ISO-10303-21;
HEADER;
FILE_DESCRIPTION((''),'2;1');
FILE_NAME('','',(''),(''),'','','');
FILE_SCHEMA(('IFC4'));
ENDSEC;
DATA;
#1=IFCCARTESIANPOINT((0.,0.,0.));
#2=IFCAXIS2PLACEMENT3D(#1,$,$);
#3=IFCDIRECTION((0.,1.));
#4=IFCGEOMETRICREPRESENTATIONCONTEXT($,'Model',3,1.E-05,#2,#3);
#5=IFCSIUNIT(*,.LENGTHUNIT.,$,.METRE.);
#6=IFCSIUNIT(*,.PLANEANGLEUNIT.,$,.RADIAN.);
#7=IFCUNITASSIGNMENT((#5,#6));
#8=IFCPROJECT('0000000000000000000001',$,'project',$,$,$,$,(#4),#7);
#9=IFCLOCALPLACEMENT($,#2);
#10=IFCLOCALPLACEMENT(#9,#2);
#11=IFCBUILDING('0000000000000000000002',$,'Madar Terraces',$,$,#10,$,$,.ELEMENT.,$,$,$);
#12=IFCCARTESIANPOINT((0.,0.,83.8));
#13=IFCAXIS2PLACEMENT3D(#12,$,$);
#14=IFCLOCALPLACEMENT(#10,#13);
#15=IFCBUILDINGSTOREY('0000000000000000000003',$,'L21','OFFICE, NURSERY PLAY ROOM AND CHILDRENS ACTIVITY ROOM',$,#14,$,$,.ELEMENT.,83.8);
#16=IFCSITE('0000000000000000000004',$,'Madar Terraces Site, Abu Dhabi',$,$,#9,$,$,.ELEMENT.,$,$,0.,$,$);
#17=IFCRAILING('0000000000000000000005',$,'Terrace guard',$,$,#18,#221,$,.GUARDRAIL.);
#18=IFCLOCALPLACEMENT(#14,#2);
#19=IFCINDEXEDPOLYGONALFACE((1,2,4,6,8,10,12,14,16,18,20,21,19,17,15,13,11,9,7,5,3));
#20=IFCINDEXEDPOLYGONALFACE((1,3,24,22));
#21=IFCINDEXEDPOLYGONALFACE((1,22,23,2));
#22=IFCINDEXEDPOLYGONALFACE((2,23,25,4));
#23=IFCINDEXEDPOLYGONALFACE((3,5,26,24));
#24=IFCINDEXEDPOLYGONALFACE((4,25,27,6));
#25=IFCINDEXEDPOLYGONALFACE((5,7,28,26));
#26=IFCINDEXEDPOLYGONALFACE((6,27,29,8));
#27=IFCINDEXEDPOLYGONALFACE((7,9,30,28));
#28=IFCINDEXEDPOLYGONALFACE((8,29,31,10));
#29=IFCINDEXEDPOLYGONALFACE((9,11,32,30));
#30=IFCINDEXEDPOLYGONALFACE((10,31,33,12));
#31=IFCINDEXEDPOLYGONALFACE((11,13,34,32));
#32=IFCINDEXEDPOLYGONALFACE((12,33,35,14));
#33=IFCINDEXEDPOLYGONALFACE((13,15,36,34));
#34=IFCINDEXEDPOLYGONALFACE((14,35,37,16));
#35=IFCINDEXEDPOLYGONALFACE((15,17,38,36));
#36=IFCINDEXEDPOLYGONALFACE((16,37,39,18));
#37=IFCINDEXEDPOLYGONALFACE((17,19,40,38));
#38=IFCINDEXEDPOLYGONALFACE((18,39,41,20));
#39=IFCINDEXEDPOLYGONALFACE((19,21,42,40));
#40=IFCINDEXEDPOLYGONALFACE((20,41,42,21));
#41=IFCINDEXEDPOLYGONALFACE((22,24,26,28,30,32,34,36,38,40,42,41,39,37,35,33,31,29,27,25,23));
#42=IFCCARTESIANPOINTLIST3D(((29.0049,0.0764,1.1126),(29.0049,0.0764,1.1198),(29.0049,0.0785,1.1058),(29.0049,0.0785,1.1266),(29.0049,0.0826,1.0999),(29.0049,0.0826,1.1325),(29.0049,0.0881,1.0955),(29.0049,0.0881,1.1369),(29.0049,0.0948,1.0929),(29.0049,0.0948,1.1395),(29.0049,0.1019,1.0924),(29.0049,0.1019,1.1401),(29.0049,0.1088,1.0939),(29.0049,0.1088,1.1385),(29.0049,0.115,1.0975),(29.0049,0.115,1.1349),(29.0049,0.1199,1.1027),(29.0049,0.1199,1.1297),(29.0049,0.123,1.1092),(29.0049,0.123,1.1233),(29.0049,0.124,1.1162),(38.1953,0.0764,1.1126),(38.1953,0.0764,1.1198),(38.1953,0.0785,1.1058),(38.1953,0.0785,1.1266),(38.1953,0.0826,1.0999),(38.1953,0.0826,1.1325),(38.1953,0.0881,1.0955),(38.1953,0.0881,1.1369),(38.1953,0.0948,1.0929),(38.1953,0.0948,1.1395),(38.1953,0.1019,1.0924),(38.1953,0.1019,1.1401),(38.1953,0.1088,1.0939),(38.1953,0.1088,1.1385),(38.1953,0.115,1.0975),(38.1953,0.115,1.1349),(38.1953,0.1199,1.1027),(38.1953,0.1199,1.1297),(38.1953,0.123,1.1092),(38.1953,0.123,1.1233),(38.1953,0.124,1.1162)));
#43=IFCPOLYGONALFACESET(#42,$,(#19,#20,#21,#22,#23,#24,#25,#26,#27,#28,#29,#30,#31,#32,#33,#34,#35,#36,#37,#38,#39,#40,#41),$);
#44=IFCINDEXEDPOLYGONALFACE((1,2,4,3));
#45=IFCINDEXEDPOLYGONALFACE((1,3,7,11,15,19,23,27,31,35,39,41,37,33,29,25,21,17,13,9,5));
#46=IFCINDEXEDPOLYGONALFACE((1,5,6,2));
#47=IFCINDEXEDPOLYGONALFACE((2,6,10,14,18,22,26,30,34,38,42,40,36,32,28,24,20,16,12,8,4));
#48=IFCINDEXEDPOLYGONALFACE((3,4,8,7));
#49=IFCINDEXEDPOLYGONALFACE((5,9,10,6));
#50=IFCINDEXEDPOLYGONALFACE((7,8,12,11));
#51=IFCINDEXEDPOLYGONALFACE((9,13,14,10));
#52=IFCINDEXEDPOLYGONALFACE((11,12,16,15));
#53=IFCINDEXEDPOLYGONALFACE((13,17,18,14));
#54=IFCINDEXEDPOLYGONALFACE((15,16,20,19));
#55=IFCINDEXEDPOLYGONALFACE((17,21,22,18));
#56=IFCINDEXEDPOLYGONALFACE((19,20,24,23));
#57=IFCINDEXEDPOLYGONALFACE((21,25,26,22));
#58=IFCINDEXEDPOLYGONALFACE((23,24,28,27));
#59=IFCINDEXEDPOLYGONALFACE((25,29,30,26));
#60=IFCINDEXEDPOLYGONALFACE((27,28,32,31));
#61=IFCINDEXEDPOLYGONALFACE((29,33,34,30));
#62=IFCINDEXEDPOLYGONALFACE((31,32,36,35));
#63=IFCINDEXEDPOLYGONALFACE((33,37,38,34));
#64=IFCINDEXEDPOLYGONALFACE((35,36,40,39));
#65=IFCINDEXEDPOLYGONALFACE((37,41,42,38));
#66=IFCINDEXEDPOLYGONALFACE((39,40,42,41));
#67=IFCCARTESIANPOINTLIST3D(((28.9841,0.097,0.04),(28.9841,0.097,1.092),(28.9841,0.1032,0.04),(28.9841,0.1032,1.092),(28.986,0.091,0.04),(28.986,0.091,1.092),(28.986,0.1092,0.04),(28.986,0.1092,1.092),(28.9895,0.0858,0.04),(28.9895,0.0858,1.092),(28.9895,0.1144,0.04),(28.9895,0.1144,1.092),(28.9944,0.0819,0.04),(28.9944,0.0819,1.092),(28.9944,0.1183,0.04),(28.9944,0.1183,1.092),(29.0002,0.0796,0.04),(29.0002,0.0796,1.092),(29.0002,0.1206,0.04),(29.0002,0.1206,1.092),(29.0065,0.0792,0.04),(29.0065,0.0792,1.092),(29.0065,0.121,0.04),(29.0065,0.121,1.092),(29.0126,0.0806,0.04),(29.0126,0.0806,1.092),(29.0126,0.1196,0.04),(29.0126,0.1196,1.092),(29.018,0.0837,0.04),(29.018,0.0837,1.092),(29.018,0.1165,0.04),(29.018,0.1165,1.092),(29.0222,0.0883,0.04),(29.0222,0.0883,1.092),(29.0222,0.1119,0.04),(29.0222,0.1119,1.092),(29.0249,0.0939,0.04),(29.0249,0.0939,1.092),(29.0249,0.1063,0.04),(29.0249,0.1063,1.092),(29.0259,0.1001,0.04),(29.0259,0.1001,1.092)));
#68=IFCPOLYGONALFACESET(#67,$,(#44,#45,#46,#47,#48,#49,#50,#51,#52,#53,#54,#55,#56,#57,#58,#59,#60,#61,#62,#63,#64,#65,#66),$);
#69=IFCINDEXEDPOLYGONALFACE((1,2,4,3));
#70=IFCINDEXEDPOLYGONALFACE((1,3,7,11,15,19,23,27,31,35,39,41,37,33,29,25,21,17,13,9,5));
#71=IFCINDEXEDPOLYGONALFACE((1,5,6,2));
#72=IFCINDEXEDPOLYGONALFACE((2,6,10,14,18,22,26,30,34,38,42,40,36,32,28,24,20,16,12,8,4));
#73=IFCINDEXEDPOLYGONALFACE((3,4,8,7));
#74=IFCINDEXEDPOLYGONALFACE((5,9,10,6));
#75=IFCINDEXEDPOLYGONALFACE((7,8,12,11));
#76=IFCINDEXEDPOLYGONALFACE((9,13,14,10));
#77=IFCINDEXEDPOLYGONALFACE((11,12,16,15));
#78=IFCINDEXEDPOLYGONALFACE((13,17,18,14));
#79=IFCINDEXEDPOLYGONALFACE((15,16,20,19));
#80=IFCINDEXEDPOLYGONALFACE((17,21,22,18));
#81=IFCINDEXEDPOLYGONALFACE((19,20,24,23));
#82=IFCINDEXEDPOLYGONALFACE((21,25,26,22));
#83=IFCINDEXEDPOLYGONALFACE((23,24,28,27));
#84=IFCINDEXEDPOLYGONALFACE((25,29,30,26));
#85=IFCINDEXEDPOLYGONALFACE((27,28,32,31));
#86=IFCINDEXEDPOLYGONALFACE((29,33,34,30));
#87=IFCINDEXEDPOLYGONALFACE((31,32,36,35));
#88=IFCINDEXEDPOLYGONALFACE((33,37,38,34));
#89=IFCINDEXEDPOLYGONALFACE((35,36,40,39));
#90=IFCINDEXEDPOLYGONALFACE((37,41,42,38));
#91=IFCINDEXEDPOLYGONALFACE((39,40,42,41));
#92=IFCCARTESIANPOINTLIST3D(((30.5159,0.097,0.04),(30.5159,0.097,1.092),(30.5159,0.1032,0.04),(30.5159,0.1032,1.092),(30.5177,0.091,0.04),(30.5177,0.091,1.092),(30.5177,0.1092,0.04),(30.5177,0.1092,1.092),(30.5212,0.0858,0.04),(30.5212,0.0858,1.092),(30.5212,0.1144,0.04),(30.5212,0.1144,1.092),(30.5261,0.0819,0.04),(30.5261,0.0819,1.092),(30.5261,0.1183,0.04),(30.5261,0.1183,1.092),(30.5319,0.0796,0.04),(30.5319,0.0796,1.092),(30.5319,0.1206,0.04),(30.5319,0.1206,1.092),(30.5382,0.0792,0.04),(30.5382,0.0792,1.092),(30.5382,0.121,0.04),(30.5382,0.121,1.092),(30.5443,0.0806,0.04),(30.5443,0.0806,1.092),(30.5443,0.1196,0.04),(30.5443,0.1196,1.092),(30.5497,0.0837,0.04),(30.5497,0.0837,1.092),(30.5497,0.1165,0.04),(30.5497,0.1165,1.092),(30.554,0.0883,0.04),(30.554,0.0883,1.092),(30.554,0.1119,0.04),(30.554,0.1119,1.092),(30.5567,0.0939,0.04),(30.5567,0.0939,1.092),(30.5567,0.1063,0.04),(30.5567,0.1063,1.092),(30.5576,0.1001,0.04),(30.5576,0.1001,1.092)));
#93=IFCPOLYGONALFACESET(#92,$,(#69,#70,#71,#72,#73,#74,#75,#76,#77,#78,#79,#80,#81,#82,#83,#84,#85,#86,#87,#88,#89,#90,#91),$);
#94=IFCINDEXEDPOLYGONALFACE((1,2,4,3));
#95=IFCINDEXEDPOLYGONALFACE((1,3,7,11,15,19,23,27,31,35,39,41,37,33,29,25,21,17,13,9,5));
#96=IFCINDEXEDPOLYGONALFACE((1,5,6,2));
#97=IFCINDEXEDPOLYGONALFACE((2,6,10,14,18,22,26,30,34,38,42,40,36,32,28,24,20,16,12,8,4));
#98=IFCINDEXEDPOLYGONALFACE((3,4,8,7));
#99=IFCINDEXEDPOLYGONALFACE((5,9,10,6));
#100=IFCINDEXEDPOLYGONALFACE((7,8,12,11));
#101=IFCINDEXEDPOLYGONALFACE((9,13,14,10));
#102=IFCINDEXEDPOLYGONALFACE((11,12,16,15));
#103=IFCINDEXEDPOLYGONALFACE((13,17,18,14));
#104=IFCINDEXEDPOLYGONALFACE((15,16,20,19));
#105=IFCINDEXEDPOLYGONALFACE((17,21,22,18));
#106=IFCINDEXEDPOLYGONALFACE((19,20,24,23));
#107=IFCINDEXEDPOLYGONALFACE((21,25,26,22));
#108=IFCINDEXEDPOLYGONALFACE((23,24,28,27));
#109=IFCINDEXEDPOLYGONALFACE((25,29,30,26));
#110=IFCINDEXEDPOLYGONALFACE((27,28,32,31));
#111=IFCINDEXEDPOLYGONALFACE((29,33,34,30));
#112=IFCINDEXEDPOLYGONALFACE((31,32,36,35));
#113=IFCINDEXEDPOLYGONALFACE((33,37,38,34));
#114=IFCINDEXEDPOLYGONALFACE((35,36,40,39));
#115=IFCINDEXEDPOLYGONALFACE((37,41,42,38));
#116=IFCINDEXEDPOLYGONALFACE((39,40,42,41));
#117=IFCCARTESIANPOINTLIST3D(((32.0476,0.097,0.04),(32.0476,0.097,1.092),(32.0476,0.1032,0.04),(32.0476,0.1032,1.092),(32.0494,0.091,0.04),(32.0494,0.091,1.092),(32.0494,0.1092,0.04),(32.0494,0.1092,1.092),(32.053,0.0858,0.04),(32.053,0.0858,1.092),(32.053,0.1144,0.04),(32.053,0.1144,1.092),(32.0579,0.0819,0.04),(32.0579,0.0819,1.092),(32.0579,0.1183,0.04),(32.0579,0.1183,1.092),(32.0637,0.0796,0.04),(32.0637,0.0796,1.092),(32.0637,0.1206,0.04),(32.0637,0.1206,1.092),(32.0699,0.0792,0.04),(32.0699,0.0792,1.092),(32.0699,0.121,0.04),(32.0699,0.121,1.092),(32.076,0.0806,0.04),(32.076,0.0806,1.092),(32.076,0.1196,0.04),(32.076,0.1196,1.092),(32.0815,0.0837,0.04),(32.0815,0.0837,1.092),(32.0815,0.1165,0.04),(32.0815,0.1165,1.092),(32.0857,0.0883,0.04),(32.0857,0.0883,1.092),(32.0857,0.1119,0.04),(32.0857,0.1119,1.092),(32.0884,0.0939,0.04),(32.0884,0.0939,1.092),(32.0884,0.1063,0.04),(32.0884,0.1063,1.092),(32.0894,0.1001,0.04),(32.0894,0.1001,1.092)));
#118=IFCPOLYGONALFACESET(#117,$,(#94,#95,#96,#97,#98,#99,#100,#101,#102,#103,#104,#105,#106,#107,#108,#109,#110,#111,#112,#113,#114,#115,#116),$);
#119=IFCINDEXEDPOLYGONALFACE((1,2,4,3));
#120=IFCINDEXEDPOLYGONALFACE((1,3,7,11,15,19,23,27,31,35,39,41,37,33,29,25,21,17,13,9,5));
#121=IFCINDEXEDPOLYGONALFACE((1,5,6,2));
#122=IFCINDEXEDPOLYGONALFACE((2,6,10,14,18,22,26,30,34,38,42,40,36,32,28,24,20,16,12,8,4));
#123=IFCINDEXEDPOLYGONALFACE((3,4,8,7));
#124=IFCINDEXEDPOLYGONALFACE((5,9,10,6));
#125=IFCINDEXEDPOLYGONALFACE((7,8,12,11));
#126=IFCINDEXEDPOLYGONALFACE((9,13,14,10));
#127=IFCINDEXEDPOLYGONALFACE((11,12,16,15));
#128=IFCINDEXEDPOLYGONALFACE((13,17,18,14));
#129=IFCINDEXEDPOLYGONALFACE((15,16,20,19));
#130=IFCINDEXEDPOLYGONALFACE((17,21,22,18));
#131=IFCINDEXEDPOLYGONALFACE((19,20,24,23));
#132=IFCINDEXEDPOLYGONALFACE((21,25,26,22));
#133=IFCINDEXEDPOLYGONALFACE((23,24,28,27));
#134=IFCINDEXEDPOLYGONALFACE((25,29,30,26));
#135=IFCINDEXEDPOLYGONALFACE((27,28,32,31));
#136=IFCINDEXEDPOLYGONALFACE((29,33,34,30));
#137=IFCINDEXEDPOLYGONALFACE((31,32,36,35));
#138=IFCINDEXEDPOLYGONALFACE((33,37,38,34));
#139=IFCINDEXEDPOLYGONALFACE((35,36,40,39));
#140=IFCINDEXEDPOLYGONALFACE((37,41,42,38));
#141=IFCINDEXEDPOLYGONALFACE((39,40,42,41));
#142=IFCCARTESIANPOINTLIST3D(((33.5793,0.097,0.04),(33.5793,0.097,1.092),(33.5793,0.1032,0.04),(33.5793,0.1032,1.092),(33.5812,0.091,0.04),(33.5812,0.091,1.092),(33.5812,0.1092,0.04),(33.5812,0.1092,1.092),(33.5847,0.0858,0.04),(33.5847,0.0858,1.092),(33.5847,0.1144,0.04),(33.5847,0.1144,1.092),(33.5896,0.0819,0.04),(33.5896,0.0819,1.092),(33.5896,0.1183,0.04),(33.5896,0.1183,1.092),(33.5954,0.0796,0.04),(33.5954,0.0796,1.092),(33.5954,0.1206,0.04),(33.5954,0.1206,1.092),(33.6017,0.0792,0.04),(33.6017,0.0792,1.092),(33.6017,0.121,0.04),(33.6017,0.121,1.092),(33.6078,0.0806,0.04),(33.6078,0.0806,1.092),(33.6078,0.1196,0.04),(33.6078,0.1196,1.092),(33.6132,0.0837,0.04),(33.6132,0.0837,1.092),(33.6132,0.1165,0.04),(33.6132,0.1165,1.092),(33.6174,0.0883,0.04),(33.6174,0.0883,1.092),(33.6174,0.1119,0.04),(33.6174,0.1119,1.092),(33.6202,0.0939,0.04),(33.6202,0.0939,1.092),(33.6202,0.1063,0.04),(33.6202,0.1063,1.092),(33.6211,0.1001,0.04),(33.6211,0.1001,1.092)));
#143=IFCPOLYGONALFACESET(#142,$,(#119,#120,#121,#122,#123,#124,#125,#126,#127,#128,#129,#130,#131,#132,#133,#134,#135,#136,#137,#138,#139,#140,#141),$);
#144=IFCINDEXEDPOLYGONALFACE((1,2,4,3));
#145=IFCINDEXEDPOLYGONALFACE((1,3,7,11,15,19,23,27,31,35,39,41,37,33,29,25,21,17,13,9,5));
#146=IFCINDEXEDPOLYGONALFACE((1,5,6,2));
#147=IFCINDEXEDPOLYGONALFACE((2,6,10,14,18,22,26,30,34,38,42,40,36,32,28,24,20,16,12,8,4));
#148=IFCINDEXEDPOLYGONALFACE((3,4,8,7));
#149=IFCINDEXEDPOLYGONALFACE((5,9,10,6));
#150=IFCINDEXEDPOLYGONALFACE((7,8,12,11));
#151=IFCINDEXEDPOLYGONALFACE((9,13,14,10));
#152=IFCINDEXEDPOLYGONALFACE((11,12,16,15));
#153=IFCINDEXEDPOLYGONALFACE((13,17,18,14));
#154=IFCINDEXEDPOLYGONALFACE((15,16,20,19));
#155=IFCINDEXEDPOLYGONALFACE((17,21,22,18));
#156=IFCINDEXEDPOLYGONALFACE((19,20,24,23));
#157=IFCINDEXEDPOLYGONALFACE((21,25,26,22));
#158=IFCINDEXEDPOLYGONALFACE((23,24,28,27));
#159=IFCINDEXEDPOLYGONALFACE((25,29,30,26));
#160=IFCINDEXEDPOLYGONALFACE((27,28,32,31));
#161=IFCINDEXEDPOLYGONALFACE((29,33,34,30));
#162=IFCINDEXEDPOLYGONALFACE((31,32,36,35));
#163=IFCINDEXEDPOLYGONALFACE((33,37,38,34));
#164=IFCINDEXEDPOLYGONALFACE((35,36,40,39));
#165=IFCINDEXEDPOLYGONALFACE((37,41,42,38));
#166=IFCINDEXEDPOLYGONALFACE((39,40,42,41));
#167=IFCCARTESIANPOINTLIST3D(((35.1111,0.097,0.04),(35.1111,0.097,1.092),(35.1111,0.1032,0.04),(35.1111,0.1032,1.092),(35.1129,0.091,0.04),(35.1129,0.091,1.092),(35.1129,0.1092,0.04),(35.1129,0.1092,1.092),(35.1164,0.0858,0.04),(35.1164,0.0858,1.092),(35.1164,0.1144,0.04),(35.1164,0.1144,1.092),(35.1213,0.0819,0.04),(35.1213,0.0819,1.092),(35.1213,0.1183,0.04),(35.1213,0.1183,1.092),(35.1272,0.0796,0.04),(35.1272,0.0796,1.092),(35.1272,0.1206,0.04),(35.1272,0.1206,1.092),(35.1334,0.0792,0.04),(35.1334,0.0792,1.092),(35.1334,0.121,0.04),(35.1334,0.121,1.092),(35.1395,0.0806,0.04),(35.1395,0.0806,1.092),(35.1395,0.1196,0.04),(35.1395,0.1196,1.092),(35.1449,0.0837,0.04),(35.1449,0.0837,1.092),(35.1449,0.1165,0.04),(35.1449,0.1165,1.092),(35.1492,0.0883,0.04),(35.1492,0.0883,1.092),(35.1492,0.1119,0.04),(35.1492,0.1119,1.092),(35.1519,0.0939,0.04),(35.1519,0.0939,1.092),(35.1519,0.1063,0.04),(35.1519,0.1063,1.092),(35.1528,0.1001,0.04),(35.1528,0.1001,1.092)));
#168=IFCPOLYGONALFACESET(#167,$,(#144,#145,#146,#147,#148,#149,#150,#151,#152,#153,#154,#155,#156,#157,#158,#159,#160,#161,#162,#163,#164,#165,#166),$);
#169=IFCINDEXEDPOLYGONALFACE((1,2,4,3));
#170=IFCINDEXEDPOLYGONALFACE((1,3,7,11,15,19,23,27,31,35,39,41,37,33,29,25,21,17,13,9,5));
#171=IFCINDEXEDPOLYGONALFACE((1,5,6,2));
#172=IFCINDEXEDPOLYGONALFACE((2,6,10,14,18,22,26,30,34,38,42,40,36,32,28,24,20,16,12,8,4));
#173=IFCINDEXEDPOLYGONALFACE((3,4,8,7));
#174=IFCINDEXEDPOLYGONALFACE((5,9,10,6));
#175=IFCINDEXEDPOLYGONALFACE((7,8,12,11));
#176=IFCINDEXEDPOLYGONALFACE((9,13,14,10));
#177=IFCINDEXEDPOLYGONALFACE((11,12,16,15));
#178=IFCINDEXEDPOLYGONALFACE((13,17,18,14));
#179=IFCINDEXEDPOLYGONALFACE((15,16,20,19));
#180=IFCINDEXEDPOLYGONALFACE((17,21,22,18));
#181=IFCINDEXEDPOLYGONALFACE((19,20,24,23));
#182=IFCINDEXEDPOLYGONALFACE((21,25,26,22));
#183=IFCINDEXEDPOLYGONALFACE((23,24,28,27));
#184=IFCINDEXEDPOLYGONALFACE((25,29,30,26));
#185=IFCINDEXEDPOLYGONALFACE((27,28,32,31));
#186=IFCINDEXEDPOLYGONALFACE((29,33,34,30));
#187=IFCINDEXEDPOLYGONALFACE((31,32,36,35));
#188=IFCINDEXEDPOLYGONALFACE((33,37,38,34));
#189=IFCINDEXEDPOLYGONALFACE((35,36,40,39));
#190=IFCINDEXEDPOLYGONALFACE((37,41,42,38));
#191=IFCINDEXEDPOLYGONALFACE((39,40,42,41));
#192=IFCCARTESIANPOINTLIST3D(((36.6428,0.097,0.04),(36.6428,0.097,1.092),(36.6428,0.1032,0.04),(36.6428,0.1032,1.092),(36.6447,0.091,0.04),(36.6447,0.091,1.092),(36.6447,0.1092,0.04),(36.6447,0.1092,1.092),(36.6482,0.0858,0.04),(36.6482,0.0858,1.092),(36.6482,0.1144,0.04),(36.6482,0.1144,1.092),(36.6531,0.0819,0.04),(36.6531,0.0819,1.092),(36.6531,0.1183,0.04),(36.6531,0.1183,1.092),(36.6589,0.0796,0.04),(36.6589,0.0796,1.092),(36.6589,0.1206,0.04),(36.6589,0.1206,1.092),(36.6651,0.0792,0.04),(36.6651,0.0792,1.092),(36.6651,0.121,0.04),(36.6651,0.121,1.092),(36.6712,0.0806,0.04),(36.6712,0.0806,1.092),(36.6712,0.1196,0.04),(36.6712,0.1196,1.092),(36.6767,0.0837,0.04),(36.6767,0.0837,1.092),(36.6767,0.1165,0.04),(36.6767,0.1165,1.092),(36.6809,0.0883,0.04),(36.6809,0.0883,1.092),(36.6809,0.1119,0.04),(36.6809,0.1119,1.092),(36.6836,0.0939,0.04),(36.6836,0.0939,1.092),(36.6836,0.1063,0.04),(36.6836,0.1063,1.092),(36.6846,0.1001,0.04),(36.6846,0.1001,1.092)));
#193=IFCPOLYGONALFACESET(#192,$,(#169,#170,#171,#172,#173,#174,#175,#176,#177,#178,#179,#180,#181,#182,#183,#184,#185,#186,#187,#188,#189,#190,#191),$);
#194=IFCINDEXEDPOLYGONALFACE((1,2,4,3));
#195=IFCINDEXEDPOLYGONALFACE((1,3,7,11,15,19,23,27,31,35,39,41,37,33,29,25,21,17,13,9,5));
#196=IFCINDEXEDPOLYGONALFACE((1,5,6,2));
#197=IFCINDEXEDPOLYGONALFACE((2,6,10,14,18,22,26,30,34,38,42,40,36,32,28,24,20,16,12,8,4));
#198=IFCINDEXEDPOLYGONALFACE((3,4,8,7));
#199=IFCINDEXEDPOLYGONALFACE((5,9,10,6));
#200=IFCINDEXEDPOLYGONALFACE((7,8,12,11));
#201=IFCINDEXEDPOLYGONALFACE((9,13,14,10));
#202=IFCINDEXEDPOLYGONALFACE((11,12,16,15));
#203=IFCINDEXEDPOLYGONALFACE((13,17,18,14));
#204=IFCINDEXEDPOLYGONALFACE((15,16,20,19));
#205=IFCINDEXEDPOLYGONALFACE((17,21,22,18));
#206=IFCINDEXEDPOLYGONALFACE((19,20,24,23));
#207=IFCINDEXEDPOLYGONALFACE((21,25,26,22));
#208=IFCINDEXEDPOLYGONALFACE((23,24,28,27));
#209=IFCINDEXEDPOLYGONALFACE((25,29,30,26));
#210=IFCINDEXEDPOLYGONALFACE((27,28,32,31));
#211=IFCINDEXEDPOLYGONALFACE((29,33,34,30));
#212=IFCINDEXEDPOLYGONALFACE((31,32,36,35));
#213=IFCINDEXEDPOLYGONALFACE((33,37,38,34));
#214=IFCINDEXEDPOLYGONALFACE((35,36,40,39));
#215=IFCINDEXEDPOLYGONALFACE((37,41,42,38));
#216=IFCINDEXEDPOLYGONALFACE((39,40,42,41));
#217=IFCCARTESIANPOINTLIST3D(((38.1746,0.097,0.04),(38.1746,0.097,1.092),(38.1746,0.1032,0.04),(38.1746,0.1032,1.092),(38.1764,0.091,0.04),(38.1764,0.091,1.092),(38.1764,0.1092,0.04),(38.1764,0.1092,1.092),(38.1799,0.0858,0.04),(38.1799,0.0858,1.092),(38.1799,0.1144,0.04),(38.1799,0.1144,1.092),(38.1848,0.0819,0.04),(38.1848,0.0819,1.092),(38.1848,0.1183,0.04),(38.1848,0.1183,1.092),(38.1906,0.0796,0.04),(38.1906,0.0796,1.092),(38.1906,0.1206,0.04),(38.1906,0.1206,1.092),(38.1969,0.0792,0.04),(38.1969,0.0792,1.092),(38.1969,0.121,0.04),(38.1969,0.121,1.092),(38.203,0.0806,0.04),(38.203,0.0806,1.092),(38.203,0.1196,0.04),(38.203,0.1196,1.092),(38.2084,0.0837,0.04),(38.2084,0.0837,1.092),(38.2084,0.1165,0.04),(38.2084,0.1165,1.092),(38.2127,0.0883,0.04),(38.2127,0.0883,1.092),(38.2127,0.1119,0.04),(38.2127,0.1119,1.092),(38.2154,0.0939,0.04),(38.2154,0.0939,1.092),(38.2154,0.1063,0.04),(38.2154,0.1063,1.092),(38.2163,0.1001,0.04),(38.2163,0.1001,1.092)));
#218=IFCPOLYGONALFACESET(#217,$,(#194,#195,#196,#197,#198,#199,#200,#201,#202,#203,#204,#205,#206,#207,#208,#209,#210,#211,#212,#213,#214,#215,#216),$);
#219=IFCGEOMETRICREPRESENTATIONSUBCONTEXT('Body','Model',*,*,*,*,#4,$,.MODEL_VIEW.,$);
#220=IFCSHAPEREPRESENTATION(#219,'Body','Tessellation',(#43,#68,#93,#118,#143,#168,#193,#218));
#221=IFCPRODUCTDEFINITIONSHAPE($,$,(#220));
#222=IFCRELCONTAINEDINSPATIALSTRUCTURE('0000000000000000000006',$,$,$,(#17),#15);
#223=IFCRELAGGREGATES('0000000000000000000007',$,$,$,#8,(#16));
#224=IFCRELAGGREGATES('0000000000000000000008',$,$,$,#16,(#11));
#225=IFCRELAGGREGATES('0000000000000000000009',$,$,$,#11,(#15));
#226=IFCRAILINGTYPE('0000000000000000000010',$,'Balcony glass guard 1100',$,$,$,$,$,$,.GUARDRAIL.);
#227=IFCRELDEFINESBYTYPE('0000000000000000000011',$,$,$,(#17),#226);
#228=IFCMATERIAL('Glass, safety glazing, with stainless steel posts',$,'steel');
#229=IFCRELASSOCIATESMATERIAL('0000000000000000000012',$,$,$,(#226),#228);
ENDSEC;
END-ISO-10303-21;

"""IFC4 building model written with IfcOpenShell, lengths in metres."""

from ifc_helpers import new_model, si_unit, direction, frame, origin, origin_2d, place, context, subcontext, project, spatial, circle, extrude, material, type_object, element, save


model = new_model("IFC4")

# Units and contexts
model_context = context("Model", 3, precision=1e-05, world=origin(), true_north=direction((0.0, 1.0)))
body_context = subcontext(model_context, "Body", "Model", "MODEL_VIEW")
ifc_project = project(units=[si_unit("LENGTHUNIT", "METRE"), si_unit("PLANEANGLEUNIT", "RADIAN")], contexts=[model_context])

# Site, building, storey
site_placement = place(None, origin())
site = spatial("IfcSite", under=ifc_project, at=site_placement, Name="Madar Terraces Site, Abu Dhabi", CompositionType="ELEMENT", RefElevation=0.0)
building_placement = place(site_placement, origin())
building = spatial("IfcBuilding", under=site, at=building_placement, Name="Madar Terraces", CompositionType="ELEMENT")
storey_placement = place(building_placement, frame((0.0, 0.0, 83.8)))
storey = spatial("IfcBuildingStorey", under=building, at=storey_placement, Name="L21", Description="OFFICE, NURSERY PLAY ROOM AND CHILDRENS ACTIVITY ROOM", CompositionType="ELEMENT", Elevation=83.8)

# Railing
ifc_material_1 = material(Name="Glass, safety glazing, with stainless steel posts", Category="steel")
railing_type = type_object("IfcRailingType", Name="Balcony glass guard 1100", PredefinedType="GUARDRAIL", material=ifc_material_1)
railing_1_placement = place(storey_placement, frame((29.0049, 0.1001, 0.04)))
element("IfcRailing", 1, at=railing_1_placement, inside=storey, type_object=railing_type, Name="Terrace guard", PredefinedType="GUARDRAIL", context=body_context, shape_type="SweptSolid", body=[
    extrude(circle(Radius=0.0239, at=origin_2d()), frame((0.0, 0.0, 1.0762), z_axis=(1.0, 0.0, 0.0), x_axis=(0.0, 1.0, 0.0)), (0.0, 0.0, 1.0), 9.1904),
    extrude(circle(Radius=0.021, at=origin_2d()), origin(), (0.0, 0.0, 1.0), 1.052),
    extrude(circle(Radius=0.021, at=origin_2d()), frame((1.5317, 0.0, 0.0)), (0.0, 0.0, 1.0), 1.052),
    extrude(circle(Radius=0.021, at=origin_2d()), frame((3.0635, 0.0, 0.0)), (0.0, 0.0, 1.0), 1.052),
    extrude(circle(Radius=0.021, at=origin_2d()), frame((4.5952, 0.0, 0.0)), (0.0, 0.0, 1.0), 1.052),
    extrude(circle(Radius=0.021, at=origin_2d()), frame((6.127, 0.0, 0.0)), (0.0, 0.0, 1.0), 1.052),
    extrude(circle(Radius=0.021, at=origin_2d()), frame((7.6587, 0.0, 0.0)), (0.0, 0.0, 1.0), 1.052),
    extrude(circle(Radius=0.021, at=origin_2d()), frame((9.1904, 0.0, 0.0)), (0.0, 0.0, 1.0), 1.052),
])

save(model, "model.ifc")
